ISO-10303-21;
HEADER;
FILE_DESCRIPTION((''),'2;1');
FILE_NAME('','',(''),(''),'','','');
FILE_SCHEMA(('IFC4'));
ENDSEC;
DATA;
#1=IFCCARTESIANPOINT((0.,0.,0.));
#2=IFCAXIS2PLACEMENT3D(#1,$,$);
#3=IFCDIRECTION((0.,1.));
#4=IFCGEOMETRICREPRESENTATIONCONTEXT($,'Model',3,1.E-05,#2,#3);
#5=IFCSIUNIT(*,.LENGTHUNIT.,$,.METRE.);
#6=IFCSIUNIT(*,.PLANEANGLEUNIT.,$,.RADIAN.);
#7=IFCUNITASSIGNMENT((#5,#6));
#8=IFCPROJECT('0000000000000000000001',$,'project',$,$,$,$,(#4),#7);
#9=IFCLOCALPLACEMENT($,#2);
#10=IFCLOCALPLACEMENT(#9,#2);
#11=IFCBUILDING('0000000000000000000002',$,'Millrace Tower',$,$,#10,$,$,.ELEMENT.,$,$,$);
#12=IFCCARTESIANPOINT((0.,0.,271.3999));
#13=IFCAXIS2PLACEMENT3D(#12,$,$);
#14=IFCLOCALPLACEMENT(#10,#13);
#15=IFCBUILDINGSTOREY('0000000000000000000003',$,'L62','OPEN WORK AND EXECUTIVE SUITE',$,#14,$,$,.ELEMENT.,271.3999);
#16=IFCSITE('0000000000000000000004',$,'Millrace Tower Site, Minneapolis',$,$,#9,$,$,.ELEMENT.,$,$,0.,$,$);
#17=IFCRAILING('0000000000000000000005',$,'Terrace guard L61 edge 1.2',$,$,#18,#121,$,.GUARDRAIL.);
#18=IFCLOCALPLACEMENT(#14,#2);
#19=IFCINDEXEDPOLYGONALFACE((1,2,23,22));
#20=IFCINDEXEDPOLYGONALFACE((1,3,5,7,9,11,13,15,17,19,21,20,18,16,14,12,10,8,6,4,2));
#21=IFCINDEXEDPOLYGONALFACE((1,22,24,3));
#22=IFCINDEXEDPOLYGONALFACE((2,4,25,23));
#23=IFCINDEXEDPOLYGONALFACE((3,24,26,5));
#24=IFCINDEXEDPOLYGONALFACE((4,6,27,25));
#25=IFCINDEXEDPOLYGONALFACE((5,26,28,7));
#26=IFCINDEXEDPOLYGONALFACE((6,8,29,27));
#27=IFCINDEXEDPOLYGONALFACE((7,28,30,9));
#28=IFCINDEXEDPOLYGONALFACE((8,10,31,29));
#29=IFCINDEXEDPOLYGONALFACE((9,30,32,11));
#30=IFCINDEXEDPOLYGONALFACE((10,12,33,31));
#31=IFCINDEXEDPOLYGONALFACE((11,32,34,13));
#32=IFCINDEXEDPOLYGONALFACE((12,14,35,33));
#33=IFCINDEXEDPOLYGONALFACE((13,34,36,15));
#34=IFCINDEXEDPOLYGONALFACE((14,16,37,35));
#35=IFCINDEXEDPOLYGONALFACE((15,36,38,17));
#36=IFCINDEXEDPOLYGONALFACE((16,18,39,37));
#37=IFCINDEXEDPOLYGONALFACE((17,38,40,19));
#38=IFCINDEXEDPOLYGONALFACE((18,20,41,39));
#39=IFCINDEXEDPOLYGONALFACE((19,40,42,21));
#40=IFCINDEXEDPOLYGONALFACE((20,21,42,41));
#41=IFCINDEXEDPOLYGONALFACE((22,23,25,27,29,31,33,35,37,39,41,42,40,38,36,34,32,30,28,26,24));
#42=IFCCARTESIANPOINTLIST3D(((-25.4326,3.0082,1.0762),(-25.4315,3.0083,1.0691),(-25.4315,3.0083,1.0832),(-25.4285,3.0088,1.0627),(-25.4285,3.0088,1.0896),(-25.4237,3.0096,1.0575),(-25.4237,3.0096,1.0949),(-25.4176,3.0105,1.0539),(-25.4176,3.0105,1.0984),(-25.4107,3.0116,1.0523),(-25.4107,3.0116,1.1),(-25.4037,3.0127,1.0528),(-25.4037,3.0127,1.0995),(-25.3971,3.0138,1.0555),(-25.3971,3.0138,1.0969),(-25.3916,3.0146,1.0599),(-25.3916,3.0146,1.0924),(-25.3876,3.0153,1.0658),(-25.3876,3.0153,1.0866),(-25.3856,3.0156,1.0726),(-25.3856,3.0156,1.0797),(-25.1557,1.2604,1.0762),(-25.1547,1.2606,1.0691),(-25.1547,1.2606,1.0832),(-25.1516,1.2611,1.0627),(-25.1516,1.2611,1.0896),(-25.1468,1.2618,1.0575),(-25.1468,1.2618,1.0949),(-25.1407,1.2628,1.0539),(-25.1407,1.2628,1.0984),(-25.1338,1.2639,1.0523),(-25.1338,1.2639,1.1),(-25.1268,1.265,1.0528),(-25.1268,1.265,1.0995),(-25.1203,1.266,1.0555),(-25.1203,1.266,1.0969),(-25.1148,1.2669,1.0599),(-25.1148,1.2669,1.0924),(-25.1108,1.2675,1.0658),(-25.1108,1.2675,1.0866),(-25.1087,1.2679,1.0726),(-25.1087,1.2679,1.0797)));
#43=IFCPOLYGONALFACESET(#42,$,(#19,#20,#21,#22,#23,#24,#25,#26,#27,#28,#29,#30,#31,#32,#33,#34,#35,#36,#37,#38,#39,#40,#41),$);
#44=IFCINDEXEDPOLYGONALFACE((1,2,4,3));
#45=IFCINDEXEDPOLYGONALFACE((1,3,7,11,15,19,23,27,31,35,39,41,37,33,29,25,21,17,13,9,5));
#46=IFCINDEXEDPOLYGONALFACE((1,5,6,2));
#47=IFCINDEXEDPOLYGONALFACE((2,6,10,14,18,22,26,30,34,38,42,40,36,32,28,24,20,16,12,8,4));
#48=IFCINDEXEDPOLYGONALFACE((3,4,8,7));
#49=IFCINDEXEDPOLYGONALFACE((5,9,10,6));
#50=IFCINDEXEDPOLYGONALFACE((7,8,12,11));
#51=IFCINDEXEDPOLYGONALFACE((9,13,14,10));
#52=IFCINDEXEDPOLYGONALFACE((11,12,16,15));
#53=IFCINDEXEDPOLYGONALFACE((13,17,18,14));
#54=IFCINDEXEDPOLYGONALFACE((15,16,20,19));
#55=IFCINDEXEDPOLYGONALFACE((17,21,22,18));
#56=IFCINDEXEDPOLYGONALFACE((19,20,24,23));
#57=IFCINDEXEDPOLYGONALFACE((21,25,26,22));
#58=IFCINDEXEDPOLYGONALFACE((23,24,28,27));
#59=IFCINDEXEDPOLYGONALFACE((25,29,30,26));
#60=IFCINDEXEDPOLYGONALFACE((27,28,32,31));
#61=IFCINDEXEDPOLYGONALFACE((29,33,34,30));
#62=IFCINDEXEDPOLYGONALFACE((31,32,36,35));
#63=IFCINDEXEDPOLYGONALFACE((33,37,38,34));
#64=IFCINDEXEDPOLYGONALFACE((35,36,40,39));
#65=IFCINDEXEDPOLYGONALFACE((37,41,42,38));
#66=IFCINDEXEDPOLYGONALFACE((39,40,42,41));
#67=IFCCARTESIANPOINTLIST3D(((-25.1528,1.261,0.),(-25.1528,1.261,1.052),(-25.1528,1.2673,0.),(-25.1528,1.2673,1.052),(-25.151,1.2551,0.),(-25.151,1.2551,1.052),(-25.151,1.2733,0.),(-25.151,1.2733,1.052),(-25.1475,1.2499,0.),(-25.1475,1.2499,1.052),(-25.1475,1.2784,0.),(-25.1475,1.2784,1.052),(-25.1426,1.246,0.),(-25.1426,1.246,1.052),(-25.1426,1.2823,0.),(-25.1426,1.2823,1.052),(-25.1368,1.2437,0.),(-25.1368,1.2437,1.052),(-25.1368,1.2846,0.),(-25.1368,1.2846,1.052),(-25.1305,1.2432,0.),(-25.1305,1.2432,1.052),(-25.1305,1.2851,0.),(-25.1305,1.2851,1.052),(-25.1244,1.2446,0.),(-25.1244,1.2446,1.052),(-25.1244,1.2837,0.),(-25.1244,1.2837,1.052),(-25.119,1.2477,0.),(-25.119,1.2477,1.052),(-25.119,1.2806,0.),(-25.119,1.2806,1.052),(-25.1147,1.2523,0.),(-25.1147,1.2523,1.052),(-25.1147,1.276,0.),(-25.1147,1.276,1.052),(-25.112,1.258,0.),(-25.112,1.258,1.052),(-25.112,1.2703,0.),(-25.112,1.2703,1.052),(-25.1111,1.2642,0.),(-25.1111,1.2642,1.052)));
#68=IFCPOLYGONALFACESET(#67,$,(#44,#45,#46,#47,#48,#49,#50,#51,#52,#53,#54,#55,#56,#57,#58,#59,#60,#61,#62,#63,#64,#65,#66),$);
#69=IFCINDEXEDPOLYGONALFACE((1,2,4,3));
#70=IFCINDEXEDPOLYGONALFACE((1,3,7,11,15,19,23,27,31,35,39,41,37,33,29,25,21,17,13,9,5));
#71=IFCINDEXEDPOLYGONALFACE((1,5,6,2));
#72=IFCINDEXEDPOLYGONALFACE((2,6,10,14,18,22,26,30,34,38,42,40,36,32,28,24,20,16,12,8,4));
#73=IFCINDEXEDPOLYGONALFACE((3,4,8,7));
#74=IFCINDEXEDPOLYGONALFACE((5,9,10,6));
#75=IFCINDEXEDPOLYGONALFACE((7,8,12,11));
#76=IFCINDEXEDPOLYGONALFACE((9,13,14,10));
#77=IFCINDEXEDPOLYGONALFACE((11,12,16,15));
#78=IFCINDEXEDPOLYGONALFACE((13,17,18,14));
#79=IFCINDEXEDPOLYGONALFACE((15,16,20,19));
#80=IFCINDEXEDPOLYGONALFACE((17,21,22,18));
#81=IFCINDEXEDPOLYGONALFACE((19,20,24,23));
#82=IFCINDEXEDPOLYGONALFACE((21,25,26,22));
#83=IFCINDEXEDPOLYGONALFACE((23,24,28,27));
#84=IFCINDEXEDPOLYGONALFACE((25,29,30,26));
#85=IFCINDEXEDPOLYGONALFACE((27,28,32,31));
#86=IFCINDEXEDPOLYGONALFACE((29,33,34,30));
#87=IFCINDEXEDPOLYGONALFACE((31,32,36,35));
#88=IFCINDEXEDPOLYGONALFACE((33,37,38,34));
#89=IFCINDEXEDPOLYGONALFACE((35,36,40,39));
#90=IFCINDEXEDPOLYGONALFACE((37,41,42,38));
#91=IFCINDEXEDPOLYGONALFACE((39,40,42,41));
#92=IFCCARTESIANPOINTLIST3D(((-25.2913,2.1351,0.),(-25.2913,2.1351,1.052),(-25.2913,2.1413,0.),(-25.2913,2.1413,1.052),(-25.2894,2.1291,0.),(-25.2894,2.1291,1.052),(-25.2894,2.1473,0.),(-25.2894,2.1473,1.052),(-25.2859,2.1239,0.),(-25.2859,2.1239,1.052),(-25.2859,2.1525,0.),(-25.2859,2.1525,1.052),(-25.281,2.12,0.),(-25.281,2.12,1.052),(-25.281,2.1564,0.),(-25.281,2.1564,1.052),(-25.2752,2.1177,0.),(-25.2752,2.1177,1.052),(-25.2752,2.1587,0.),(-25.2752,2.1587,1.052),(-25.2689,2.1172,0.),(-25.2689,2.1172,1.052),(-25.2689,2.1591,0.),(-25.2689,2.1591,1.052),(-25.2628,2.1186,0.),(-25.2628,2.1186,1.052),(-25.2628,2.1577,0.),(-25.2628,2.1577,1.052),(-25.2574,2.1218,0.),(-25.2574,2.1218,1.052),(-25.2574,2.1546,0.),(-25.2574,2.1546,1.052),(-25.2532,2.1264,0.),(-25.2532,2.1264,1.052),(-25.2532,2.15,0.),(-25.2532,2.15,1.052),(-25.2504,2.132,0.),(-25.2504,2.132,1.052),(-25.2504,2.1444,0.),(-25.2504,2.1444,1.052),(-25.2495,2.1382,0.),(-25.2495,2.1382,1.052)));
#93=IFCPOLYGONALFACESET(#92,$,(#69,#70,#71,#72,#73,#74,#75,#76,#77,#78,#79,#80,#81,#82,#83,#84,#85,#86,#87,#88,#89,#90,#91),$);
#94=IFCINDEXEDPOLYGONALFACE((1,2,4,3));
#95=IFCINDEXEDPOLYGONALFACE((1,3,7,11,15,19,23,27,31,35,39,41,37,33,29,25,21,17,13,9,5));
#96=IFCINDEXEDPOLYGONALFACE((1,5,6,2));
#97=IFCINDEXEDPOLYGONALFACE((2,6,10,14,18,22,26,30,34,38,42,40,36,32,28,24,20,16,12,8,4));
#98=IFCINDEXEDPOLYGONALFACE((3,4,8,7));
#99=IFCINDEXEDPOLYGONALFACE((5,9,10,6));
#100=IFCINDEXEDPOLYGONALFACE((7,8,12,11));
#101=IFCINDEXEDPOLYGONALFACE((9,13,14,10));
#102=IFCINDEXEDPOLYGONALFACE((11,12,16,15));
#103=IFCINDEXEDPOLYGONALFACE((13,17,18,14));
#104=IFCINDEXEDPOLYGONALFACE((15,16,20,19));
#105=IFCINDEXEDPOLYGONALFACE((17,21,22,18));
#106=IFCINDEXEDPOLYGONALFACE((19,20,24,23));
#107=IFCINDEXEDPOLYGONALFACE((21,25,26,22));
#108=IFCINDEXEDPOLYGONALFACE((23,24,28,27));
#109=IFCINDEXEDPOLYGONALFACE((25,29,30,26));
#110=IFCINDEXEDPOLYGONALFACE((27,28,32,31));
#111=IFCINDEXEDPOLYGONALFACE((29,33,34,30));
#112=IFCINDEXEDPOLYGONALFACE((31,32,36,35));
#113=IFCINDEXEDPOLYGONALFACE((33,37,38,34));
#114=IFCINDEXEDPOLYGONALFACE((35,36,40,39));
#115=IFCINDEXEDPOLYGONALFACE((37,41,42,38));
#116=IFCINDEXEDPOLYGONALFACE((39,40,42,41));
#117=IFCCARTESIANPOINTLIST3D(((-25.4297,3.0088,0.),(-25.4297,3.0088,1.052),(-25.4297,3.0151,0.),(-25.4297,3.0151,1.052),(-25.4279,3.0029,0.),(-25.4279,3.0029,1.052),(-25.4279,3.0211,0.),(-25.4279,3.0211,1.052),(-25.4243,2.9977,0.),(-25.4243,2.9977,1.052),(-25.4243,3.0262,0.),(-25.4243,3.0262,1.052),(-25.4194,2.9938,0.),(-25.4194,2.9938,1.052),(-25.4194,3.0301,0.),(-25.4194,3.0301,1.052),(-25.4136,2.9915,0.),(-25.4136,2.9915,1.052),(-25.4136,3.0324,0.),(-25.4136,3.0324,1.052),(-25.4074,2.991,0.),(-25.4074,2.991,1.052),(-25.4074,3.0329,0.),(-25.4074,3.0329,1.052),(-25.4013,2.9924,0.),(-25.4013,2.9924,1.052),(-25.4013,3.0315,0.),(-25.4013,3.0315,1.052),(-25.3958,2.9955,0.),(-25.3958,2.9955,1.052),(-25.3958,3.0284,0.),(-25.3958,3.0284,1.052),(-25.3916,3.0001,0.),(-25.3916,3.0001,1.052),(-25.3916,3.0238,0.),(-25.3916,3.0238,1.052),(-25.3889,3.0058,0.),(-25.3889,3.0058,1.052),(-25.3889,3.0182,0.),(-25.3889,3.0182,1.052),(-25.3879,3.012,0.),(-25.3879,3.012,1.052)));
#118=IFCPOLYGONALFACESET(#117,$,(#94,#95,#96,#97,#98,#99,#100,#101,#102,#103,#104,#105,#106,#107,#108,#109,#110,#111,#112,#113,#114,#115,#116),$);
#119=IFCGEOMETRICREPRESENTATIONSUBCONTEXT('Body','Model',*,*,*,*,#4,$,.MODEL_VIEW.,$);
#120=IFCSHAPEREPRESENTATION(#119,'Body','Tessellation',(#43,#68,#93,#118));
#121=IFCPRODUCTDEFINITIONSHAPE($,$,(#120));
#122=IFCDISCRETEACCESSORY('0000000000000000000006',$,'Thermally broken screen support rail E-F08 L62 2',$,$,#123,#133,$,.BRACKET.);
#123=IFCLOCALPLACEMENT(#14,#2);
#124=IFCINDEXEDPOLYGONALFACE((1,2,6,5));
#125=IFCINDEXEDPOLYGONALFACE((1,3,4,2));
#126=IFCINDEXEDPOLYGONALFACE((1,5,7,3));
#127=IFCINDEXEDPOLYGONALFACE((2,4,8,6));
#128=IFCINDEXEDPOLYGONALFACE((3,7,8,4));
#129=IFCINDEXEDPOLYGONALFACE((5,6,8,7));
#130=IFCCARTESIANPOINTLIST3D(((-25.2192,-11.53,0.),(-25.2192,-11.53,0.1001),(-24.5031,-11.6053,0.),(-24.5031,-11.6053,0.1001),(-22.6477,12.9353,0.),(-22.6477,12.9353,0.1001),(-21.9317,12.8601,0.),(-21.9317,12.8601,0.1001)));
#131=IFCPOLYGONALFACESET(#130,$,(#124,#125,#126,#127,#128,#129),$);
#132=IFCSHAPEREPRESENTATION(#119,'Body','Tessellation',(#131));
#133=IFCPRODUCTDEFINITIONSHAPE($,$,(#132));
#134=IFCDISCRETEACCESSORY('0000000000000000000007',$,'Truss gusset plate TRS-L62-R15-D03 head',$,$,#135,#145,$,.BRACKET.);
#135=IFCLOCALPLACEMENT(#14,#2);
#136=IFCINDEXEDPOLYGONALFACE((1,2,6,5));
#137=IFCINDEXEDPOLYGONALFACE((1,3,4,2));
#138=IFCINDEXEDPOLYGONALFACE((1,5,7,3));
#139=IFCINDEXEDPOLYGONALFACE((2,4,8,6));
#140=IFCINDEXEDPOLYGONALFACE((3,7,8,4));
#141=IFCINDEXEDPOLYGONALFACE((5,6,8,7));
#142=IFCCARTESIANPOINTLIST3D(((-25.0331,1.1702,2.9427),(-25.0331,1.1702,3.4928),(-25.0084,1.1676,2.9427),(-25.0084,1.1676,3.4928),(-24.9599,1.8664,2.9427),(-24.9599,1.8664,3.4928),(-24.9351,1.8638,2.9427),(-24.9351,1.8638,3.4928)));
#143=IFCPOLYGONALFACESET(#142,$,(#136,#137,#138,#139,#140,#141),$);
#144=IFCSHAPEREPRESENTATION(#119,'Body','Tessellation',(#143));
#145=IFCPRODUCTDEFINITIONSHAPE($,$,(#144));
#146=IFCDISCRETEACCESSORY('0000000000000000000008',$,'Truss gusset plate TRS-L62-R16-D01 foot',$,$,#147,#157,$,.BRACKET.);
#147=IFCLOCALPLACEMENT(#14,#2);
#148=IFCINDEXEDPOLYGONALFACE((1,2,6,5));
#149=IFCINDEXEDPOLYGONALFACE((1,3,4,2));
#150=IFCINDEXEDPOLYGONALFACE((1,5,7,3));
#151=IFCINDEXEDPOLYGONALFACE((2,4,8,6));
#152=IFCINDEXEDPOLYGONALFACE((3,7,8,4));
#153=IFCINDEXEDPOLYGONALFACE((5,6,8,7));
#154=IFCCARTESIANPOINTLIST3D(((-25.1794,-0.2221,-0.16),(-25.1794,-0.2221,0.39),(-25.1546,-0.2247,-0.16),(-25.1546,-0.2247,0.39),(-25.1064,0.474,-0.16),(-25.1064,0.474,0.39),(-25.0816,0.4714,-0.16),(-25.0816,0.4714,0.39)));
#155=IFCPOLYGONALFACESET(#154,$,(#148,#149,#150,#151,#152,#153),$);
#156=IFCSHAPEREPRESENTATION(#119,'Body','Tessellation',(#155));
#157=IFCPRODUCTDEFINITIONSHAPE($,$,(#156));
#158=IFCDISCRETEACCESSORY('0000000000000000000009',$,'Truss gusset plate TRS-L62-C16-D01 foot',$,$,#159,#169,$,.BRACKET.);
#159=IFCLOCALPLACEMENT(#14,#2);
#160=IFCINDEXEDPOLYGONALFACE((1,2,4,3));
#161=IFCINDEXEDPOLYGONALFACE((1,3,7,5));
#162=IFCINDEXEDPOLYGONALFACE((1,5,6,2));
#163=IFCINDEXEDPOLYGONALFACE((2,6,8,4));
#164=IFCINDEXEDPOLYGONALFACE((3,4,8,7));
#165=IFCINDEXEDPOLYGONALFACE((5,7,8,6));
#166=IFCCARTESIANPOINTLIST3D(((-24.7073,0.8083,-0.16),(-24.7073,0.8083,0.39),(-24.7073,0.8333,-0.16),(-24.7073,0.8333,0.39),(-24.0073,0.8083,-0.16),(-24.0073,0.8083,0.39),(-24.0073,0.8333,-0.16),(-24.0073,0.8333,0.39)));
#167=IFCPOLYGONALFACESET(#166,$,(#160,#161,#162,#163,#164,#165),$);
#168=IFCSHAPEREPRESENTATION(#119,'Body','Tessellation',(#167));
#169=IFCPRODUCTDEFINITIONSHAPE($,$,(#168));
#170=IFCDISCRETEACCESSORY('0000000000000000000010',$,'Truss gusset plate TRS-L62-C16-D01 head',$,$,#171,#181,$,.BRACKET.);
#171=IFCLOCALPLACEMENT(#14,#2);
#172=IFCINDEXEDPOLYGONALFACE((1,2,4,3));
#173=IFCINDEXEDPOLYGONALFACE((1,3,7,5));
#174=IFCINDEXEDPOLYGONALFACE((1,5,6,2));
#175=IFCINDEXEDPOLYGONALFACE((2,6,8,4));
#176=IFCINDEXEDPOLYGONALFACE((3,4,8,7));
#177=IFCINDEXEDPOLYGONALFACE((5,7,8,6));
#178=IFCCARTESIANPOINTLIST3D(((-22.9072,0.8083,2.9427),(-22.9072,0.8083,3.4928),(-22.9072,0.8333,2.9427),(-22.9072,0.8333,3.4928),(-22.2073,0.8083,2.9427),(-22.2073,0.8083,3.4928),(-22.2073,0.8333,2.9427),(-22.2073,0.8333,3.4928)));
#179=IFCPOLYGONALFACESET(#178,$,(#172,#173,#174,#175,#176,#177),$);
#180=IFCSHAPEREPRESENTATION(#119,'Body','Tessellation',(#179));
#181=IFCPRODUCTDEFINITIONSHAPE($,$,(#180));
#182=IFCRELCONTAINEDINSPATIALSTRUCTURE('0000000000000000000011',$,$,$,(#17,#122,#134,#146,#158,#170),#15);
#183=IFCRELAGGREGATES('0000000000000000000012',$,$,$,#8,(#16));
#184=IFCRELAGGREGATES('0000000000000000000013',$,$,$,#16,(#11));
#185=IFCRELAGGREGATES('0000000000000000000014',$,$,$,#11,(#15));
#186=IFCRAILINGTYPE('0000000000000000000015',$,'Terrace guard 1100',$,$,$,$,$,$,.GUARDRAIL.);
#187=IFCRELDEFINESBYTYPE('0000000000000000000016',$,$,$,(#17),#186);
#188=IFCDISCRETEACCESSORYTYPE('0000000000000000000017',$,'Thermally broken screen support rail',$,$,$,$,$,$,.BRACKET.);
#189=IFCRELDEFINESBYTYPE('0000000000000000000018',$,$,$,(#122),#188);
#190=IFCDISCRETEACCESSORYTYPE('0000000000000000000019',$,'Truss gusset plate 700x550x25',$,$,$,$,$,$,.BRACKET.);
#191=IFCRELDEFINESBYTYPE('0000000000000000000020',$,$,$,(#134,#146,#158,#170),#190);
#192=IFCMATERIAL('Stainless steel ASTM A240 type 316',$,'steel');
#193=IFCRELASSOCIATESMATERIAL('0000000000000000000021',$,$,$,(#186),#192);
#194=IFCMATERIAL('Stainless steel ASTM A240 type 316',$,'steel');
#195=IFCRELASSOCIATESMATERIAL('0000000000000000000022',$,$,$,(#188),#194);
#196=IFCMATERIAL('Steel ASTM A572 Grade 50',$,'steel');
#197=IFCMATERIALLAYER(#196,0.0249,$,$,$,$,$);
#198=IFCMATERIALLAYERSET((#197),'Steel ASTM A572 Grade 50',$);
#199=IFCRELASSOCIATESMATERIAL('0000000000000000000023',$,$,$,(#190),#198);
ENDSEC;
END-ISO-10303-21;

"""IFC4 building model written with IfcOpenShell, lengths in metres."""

from ifc_helpers import new_model, si_unit, direction, frame, origin, origin_2d, place, context, subcontext, project, spatial, rectangle, circle, extrude, material, layer, layer_set, type_object, element, save


model = new_model("IFC4")

# Units and contexts
model_context = context("Model", 3, precision=1e-05, world=origin(), true_north=direction((0.0, 1.0)))
body_context = subcontext(model_context, "Body", "Model", "MODEL_VIEW")
ifc_project = project(units=[si_unit("LENGTHUNIT", "METRE"), si_unit("PLANEANGLEUNIT", "RADIAN")], contexts=[model_context])

# Site, building, storey
site_placement = place(None, origin())
site = spatial("IfcSite", under=ifc_project, at=site_placement, Name="Millrace Tower Site, Minneapolis", CompositionType="ELEMENT", RefElevation=0.0)
building_placement = place(site_placement, origin())
building = spatial("IfcBuilding", under=site, at=building_placement, Name="Millrace Tower", CompositionType="ELEMENT")
storey_placement = place(building_placement, frame((0.0, 0.0, 271.3999)))
storey = spatial("IfcBuildingStorey", under=building, at=storey_placement, Name="L62", Description="OPEN WORK AND EXECUTIVE SUITE", CompositionType="ELEMENT", Elevation=271.3999)

# Railing
ifc_material_1 = material(Name="Stainless steel ASTM A240 type 316", Category="steel")
railing_type = type_object("IfcRailingType", Name="Terrace guard 1100", PredefinedType="GUARDRAIL", material=ifc_material_1)
railing_1_placement = place(storey_placement, frame((-25.1321, 1.2642, 0.0)))
element("IfcRailing", 1, at=railing_1_placement, inside=storey, type_object=railing_type, Name="Terrace guard L61 edge 1.2", PredefinedType="GUARDRAIL", context=body_context, shape_type="SweptSolid", body=[
    extrude(circle(Radius=0.0239, at=origin_2d()), frame((0.0, 0.0, 1.0762), z_axis=(-0.156451, 0.987686, 0.0), x_axis=(-0.987686, -0.156451, 0.0)), (0.0, 0.0, 1.0), 1.7695),
    extrude(circle(Radius=0.021, at=origin_2d()), origin(), (0.0, 0.0, 1.0), 1.052),
    extrude(circle(Radius=0.021, at=origin_2d()), frame((-0.1384, 0.874, 0.0)), (0.0, 0.0, 1.0), 1.052),
    extrude(circle(Radius=0.021, at=origin_2d()), frame((-0.2769, 1.7478, 0.0)), (0.0, 0.0, 1.0), 1.052),
])

# Discrete accessories
ifc_material_2 = material(Name="Stainless steel ASTM A240 type 316", Category="steel")
discrete_accessory_type_1 = type_object("IfcDiscreteAccessoryType", Name="Thermally broken screen support rail", PredefinedType="BRACKET", material=ifc_material_2)
discrete_accessory_placement = place(storey_placement, frame((-23.5754, 0.665, 0.0), z_axis=(0.0, 0.0, 1.0), x_axis=(-0.104528, -0.994522, 0.0)))
element("IfcDiscreteAccessory", 2, at=discrete_accessory_placement, inside=storey, type_object=discrete_accessory_type_1, Name="Thermally broken screen support rail E-F08 L62 2", PredefinedType="BRACKET", context=body_context, shape_type="SweptSolid", body=[
    extrude(rectangle(XDim=24.6001, YDim=0.72, at=origin_2d()), origin(), (0.0, 0.0, 1.0), 0.1001),
])
ifc_material_3 = material(Name="Steel ASTM A572 Grade 50", Category="steel")
ifc_layer_1 = layer(ifc_material_3, 0.0249)
ifc_layer_set_1 = layer_set([ifc_layer_1], Name="Steel ASTM A572 Grade 50")
discrete_accessory_type_2 = type_object("IfcDiscreteAccessoryType", Name="Truss gusset plate 700x550x25", PredefinedType="BRACKET", material=ifc_layer_set_1)
for number, where, z_axis, x_axis, name in (
    (3, (-25.0208, 1.1689, 3.2178), (0.104648, 0.994509, 0.0), (-0.994509, 0.104648, 0.0), "Truss gusset plate TRS-L62-R15-D03 head"),
    (4, (-25.167, -0.2234, 0.115), (0.104303, 0.994546, 0.0), (-0.994546, 0.104303, 0.0), "Truss gusset plate TRS-L62-R16-D01 foot"),
    (5, (-24.7073, 0.8208, 0.115), (1.0, 0.0, 0.0), (0.0, 1.0, 0.0), "Truss gusset plate TRS-L62-C16-D01 foot"),
    (6, (-22.9072, 0.8208, 3.2178), (1.0, 0.0, 0.0), (0.0, 1.0, 0.0), "Truss gusset plate TRS-L62-C16-D01 head"),
):
    element("IfcDiscreteAccessory", number, at=place(storey_placement, frame(where, z_axis=z_axis, x_axis=x_axis)), inside=storey, type_object=discrete_accessory_type_2, Name=name, PredefinedType="BRACKET", context=body_context, shape_type="SweptSolid", body=[
        extrude(rectangle(XDim=0.0249, YDim=0.55, at=origin_2d()), origin(), (0.0, 0.0, 1.0), 0.7),
    ])

save(model, "model.ifc")
